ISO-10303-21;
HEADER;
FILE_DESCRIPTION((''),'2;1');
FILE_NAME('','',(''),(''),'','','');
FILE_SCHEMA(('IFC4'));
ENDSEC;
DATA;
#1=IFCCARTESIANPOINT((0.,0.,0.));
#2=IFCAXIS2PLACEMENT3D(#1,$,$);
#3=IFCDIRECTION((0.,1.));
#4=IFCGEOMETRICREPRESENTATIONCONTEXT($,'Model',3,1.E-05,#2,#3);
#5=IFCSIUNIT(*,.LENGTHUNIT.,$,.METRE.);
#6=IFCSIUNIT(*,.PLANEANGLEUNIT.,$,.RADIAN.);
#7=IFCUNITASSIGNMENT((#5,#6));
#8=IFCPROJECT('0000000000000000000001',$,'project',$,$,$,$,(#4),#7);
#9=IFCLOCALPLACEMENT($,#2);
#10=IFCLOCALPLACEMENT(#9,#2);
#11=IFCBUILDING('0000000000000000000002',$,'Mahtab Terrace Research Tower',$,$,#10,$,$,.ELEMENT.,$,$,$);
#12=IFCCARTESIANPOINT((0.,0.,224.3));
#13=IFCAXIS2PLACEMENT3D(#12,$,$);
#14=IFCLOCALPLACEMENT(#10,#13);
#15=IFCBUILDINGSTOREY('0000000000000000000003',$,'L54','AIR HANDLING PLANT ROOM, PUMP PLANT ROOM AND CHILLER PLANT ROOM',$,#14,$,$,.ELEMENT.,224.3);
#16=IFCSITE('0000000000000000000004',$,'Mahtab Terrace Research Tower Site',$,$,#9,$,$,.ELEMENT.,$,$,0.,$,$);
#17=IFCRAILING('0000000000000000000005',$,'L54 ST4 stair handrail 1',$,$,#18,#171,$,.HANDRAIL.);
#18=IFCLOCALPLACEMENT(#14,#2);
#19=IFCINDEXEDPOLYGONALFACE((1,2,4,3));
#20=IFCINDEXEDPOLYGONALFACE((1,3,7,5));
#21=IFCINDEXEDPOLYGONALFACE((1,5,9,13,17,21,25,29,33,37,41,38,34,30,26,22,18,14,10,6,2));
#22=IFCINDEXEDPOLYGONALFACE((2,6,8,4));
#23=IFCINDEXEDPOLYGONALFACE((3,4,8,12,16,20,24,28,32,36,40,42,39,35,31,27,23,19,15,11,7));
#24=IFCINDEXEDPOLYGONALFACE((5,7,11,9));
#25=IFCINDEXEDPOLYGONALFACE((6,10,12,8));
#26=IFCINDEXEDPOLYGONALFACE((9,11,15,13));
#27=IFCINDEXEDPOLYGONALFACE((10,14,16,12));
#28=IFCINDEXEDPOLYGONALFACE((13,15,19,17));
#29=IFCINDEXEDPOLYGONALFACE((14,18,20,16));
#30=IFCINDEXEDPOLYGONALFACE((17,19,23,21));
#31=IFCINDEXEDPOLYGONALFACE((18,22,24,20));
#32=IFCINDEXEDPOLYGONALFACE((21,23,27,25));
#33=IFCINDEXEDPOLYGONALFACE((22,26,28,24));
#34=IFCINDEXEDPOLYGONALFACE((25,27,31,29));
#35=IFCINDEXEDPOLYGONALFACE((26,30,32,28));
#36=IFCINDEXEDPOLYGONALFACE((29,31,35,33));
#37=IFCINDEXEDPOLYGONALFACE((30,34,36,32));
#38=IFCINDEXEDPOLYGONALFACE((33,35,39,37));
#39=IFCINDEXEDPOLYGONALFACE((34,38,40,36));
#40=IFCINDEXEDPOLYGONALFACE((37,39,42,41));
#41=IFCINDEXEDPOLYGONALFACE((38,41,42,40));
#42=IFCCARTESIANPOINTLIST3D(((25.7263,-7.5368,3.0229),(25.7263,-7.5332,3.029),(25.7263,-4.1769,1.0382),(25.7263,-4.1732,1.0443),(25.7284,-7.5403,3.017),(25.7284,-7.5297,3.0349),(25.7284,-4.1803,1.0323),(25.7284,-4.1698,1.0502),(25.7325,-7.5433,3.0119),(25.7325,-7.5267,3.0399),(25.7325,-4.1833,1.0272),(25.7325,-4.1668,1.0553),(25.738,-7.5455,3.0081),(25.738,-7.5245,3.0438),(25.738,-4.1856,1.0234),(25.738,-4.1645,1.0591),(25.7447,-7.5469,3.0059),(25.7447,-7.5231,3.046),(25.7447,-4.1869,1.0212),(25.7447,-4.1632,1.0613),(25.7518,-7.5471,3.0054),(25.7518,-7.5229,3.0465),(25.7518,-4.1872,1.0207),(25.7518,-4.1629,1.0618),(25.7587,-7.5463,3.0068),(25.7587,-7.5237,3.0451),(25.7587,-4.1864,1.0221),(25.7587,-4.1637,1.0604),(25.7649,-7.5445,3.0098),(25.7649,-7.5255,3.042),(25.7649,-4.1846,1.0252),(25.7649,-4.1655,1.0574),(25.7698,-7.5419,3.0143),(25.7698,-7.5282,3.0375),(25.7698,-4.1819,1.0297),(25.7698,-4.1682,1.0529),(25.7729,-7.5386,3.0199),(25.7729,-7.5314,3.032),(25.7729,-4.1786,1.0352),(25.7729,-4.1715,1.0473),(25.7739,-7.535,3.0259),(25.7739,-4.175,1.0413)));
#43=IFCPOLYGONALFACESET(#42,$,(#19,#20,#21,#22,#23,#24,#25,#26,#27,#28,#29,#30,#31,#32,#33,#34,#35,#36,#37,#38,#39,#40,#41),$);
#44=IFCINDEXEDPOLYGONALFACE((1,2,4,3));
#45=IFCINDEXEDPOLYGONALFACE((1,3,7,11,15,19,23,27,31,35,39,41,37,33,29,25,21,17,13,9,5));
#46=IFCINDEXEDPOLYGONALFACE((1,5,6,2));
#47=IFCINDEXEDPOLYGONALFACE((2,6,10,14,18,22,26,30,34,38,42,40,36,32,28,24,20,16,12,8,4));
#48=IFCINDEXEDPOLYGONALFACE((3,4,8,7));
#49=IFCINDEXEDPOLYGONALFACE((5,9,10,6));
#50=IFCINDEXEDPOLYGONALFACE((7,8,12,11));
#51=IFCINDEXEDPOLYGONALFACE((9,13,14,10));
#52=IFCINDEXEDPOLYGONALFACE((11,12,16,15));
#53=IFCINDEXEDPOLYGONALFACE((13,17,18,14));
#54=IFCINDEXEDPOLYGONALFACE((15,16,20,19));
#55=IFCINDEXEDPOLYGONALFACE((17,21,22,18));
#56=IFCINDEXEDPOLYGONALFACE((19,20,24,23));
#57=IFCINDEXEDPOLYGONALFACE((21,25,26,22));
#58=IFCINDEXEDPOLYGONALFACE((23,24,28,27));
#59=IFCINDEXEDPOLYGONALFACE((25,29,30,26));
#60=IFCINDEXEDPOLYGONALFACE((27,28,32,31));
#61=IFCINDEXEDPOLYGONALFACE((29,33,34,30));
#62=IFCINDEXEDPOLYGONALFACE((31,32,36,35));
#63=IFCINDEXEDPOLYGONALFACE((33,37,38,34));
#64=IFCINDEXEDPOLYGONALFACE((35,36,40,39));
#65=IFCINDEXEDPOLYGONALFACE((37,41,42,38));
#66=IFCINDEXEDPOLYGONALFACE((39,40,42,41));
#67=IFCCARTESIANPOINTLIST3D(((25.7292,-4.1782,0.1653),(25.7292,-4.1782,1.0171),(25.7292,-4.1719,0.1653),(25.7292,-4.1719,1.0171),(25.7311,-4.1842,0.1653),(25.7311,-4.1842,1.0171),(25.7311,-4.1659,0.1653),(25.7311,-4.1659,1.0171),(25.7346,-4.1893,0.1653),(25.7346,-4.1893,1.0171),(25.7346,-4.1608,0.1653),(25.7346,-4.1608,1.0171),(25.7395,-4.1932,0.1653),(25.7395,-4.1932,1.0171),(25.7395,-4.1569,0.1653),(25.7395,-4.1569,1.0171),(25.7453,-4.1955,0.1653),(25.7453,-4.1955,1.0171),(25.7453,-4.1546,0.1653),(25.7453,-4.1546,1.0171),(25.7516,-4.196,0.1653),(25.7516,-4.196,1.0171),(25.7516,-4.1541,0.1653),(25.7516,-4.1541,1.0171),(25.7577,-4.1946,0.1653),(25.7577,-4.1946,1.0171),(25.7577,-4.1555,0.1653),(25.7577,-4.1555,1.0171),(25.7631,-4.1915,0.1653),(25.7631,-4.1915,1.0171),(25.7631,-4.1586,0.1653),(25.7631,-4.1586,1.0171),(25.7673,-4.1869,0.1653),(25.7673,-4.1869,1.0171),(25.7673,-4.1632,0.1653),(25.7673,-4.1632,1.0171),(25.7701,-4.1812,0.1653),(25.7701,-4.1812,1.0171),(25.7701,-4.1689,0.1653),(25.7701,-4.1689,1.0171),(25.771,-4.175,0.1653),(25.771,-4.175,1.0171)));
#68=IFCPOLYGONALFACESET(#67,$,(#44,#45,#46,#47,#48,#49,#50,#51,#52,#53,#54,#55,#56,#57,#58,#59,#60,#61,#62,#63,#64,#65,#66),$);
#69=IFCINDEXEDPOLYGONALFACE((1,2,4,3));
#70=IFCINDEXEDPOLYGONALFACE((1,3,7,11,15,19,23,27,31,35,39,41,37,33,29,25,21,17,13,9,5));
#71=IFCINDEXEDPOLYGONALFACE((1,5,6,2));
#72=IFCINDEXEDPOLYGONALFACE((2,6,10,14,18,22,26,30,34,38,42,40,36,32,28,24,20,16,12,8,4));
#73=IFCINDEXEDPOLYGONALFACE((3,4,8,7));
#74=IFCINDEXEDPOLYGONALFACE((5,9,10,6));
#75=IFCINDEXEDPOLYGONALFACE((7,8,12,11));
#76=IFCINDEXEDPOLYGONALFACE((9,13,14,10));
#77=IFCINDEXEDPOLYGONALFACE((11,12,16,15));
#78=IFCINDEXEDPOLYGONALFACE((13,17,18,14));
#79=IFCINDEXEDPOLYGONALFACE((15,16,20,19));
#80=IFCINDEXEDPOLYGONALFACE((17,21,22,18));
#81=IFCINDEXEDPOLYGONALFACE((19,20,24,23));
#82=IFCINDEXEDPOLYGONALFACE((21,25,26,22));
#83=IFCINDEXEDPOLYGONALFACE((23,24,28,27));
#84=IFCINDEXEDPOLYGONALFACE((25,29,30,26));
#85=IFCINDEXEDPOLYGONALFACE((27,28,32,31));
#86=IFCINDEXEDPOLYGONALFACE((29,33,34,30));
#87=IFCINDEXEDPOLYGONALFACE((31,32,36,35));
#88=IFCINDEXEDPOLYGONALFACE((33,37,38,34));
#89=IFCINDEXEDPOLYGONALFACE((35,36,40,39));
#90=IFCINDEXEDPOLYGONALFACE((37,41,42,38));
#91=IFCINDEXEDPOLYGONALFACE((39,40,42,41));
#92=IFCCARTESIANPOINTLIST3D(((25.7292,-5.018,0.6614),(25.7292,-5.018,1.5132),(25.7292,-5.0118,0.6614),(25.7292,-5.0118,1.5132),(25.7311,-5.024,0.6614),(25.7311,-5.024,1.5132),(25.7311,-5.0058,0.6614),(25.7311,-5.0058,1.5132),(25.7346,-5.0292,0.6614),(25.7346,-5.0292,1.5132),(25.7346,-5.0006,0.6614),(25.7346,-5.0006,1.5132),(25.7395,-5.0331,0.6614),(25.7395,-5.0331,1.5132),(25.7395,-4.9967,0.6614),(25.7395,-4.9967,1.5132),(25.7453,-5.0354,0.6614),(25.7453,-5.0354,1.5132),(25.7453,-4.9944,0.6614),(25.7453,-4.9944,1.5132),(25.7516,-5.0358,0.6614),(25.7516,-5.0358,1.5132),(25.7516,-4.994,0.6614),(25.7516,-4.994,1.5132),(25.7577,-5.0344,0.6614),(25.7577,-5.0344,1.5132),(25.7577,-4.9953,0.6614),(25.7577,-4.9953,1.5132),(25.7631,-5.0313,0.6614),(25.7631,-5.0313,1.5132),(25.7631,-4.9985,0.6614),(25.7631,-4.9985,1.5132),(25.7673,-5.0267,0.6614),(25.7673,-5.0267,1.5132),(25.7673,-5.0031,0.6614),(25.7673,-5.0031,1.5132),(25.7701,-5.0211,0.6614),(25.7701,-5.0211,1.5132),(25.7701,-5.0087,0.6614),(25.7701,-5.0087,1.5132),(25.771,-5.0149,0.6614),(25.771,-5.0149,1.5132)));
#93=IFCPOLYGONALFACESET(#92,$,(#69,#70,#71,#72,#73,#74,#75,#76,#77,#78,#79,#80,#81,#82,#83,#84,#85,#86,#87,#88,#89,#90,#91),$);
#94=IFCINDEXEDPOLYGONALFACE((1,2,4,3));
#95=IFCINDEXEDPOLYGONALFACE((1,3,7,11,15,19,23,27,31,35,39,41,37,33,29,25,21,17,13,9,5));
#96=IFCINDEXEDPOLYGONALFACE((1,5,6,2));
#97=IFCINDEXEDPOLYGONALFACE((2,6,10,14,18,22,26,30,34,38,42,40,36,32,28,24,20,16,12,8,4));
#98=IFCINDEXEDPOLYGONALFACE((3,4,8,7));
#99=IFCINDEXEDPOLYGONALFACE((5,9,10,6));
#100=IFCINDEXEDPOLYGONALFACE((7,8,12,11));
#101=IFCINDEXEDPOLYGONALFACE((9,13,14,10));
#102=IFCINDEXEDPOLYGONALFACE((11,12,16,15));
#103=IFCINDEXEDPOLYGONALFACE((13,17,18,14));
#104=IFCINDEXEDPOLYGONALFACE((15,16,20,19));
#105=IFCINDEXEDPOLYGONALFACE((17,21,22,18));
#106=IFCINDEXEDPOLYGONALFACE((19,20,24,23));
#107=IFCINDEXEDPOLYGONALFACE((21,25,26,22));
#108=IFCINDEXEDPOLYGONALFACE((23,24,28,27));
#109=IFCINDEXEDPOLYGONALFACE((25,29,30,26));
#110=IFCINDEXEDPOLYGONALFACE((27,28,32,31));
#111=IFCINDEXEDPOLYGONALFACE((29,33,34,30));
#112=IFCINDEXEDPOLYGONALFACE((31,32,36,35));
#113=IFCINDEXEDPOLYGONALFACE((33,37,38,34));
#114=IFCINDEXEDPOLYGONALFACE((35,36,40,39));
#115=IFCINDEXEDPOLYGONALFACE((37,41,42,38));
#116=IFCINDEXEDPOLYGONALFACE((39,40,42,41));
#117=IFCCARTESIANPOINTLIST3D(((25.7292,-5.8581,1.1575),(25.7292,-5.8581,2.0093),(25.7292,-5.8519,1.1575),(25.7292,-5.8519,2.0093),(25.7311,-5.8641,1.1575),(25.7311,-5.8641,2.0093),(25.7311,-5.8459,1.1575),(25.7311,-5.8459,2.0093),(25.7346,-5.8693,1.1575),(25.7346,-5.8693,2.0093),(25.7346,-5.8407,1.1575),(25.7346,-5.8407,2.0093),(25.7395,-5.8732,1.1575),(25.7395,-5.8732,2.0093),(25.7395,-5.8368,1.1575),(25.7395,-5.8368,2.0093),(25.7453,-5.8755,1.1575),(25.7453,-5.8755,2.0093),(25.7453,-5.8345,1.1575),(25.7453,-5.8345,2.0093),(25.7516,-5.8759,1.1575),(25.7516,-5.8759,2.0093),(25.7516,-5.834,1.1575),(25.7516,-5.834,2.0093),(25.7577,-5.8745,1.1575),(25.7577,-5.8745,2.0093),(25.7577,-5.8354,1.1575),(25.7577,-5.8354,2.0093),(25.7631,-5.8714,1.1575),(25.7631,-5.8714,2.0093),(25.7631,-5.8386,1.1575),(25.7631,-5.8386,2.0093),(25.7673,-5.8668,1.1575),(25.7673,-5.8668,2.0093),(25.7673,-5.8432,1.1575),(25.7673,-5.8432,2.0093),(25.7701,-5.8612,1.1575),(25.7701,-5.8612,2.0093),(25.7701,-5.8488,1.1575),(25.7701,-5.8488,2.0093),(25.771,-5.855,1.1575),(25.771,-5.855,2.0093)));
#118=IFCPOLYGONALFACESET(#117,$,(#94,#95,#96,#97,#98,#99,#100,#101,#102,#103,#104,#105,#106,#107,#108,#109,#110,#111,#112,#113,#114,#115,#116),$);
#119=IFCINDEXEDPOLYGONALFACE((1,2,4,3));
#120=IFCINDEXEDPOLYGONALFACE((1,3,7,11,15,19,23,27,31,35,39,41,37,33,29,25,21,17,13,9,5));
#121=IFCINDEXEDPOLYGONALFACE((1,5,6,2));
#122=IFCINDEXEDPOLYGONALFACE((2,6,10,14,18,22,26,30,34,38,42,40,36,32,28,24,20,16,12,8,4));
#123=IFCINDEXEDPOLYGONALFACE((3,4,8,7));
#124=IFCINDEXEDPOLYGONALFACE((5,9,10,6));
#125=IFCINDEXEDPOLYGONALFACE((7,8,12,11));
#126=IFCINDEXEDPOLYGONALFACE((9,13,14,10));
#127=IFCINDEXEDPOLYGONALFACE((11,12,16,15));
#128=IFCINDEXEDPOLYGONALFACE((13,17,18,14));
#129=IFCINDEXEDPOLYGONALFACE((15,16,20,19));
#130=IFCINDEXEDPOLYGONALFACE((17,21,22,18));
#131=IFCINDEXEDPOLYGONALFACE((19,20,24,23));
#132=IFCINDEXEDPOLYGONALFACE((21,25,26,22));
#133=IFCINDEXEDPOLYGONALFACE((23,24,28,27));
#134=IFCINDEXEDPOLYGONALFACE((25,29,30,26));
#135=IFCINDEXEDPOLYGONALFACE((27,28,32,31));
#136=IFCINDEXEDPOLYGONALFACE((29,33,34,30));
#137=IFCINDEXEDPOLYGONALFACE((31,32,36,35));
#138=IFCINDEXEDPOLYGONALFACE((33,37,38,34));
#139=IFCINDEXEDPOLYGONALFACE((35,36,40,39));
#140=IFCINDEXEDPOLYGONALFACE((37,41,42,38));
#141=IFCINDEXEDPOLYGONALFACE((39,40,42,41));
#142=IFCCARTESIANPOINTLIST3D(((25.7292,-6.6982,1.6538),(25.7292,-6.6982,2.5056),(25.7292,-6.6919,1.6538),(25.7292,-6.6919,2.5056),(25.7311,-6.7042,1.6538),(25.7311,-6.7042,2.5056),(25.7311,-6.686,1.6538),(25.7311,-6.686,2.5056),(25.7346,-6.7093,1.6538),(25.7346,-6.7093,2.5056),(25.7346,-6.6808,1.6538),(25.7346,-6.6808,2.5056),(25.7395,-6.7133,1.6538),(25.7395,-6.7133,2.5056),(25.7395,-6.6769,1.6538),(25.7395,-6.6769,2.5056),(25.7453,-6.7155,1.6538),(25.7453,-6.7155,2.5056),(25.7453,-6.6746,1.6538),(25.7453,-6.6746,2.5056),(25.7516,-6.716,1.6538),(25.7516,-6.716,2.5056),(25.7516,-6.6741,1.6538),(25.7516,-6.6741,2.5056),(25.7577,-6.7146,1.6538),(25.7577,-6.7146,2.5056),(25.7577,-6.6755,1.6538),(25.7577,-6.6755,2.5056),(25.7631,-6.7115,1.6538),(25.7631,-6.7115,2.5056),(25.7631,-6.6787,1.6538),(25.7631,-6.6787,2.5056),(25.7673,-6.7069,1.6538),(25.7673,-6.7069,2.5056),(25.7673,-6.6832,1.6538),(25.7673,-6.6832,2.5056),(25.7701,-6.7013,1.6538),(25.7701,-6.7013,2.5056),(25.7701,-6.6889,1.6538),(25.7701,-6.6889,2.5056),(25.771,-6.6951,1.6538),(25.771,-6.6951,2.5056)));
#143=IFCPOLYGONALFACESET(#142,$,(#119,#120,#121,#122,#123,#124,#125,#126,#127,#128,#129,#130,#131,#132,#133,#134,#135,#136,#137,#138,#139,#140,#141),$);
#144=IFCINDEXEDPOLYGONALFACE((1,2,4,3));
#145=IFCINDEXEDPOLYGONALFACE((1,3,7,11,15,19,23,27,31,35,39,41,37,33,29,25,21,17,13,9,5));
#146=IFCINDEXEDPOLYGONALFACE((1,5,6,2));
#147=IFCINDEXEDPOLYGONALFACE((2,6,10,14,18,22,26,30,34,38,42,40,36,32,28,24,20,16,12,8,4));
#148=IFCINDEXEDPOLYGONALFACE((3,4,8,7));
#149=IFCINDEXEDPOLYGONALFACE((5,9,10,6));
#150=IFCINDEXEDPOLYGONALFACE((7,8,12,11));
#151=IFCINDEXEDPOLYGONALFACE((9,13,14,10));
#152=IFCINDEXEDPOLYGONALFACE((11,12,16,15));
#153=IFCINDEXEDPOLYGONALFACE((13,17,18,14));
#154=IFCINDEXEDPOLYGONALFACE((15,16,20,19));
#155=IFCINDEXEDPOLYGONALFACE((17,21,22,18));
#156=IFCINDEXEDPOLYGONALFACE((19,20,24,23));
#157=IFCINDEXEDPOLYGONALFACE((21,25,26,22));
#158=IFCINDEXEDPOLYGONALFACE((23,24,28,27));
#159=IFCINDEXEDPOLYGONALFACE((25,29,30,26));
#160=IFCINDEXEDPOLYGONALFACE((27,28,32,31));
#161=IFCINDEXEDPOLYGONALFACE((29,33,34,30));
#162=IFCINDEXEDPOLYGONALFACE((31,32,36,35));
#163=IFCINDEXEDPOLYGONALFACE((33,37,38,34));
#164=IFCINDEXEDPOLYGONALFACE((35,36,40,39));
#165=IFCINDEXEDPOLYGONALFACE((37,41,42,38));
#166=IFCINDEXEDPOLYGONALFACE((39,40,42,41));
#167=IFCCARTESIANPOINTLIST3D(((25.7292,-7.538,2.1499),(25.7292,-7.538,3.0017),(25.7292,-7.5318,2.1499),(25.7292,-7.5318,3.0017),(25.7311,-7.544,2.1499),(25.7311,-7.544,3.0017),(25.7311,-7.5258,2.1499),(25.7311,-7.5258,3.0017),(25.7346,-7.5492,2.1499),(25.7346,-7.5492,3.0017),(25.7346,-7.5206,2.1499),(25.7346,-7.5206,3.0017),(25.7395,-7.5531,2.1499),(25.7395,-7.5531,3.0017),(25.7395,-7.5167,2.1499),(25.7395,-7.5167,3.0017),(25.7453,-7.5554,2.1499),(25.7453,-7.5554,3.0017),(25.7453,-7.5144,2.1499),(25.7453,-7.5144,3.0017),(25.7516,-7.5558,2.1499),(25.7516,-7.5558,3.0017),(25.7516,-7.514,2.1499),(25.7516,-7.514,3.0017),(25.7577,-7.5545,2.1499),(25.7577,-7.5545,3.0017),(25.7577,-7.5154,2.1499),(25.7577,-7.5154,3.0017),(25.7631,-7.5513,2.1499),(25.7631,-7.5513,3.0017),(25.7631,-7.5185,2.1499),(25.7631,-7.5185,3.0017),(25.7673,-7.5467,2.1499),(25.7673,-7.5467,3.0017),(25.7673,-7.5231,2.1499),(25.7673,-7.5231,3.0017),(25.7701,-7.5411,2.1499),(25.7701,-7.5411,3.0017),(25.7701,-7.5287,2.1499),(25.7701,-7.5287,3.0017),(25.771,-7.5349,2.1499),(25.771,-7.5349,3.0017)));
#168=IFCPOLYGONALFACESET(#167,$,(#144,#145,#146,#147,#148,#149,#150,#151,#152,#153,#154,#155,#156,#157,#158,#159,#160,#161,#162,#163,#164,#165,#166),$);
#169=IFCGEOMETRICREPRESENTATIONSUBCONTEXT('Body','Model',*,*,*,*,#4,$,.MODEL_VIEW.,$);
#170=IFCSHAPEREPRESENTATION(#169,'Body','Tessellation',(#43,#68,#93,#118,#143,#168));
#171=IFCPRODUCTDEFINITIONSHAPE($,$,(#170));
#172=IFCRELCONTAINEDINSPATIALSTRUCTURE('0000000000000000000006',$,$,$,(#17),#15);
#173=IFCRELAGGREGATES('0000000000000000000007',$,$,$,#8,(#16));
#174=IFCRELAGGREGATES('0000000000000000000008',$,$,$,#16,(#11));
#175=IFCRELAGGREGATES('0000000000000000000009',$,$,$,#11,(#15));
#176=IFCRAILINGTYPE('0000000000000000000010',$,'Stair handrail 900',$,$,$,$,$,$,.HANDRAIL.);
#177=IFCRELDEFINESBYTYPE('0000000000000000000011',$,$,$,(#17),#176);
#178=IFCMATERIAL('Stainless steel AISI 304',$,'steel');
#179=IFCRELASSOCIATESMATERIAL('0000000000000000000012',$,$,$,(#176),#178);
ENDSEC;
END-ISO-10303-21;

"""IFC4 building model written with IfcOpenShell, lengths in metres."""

from ifc_helpers import new_model, si_unit, direction, frame, origin, origin_2d, place, context, subcontext, project, spatial, circle, extrude, material, type_object, element, save


model = new_model("IFC4")

# Units and contexts
model_context = context("Model", 3, precision=1e-05, world=origin(), true_north=direction((0.0, 1.0)))
body_context = subcontext(model_context, "Body", "Model", "MODEL_VIEW")
ifc_project = project(units=[si_unit("LENGTHUNIT", "METRE"), si_unit("PLANEANGLEUNIT", "RADIAN")], contexts=[model_context])

# Site, building, storey
site_placement = place(None, origin())
site = spatial("IfcSite", under=ifc_project, at=site_placement, Name="Mahtab Terrace Research Tower Site", CompositionType="ELEMENT", RefElevation=0.0)
building_placement = place(site_placement, origin())
building = spatial("IfcBuilding", under=site, at=building_placement, Name="Mahtab Terrace Research Tower", CompositionType="ELEMENT")
storey_placement = place(building_placement, frame((0.0, 0.0, 224.3)))
storey = spatial("IfcBuildingStorey", under=building, at=storey_placement, Name="L54", Description="AIR HANDLING PLANT ROOM, PUMP PLANT ROOM AND CHILLER PLANT ROOM", CompositionType="ELEMENT", Elevation=224.3)

# Railing
ifc_material_1 = material(Name="Stainless steel AISI 304", Category="steel")
railing_type_1 = type_object("IfcRailingType", Name="Stair handrail 900", PredefinedType="HANDRAIL", material=ifc_material_1)
railing_1_placement = place(storey_placement, frame((25.75, -4.175, 0.1653)))
element("IfcRailing", 1, at=railing_1_placement, inside=storey, type_object=railing_type_1, Name="L54 ST4 stair handrail 1", PredefinedType="HANDRAIL", context=body_context, shape_type="SweptSolid", body=[
    extrude(circle(Radius=0.0239, at=origin_2d()), frame((0.0, 0.0, 0.876), z_axis=(0.0, -0.861011, 0.508586), x_axis=(1.0, 0.0, 0.0)), (0.0, 0.0, 1.0), 3.9023),
    extrude(circle(Radius=0.021, at=origin_2d()), origin(), (0.0, 0.0, 1.0), 0.8518),
    extrude(circle(Radius=0.021, at=origin_2d()), frame((0.0, -0.8398, 0.4961)), (0.0, 0.0, 1.0), 0.8518),
    extrude(circle(Radius=0.021, at=origin_2d()), frame((0.0, -1.6799, 0.9922)), (0.0, 0.0, 1.0), 0.8518),
    extrude(circle(Radius=0.021, at=origin_2d()), frame((0.0, -2.52, 1.4885)), (0.0, 0.0, 1.0), 0.8518),
    extrude(circle(Radius=0.021, at=origin_2d()), frame((0.0, -3.3599, 1.9846)), (0.0, 0.0, 1.0), 0.8518),
])

save(model, "model.ifc")
